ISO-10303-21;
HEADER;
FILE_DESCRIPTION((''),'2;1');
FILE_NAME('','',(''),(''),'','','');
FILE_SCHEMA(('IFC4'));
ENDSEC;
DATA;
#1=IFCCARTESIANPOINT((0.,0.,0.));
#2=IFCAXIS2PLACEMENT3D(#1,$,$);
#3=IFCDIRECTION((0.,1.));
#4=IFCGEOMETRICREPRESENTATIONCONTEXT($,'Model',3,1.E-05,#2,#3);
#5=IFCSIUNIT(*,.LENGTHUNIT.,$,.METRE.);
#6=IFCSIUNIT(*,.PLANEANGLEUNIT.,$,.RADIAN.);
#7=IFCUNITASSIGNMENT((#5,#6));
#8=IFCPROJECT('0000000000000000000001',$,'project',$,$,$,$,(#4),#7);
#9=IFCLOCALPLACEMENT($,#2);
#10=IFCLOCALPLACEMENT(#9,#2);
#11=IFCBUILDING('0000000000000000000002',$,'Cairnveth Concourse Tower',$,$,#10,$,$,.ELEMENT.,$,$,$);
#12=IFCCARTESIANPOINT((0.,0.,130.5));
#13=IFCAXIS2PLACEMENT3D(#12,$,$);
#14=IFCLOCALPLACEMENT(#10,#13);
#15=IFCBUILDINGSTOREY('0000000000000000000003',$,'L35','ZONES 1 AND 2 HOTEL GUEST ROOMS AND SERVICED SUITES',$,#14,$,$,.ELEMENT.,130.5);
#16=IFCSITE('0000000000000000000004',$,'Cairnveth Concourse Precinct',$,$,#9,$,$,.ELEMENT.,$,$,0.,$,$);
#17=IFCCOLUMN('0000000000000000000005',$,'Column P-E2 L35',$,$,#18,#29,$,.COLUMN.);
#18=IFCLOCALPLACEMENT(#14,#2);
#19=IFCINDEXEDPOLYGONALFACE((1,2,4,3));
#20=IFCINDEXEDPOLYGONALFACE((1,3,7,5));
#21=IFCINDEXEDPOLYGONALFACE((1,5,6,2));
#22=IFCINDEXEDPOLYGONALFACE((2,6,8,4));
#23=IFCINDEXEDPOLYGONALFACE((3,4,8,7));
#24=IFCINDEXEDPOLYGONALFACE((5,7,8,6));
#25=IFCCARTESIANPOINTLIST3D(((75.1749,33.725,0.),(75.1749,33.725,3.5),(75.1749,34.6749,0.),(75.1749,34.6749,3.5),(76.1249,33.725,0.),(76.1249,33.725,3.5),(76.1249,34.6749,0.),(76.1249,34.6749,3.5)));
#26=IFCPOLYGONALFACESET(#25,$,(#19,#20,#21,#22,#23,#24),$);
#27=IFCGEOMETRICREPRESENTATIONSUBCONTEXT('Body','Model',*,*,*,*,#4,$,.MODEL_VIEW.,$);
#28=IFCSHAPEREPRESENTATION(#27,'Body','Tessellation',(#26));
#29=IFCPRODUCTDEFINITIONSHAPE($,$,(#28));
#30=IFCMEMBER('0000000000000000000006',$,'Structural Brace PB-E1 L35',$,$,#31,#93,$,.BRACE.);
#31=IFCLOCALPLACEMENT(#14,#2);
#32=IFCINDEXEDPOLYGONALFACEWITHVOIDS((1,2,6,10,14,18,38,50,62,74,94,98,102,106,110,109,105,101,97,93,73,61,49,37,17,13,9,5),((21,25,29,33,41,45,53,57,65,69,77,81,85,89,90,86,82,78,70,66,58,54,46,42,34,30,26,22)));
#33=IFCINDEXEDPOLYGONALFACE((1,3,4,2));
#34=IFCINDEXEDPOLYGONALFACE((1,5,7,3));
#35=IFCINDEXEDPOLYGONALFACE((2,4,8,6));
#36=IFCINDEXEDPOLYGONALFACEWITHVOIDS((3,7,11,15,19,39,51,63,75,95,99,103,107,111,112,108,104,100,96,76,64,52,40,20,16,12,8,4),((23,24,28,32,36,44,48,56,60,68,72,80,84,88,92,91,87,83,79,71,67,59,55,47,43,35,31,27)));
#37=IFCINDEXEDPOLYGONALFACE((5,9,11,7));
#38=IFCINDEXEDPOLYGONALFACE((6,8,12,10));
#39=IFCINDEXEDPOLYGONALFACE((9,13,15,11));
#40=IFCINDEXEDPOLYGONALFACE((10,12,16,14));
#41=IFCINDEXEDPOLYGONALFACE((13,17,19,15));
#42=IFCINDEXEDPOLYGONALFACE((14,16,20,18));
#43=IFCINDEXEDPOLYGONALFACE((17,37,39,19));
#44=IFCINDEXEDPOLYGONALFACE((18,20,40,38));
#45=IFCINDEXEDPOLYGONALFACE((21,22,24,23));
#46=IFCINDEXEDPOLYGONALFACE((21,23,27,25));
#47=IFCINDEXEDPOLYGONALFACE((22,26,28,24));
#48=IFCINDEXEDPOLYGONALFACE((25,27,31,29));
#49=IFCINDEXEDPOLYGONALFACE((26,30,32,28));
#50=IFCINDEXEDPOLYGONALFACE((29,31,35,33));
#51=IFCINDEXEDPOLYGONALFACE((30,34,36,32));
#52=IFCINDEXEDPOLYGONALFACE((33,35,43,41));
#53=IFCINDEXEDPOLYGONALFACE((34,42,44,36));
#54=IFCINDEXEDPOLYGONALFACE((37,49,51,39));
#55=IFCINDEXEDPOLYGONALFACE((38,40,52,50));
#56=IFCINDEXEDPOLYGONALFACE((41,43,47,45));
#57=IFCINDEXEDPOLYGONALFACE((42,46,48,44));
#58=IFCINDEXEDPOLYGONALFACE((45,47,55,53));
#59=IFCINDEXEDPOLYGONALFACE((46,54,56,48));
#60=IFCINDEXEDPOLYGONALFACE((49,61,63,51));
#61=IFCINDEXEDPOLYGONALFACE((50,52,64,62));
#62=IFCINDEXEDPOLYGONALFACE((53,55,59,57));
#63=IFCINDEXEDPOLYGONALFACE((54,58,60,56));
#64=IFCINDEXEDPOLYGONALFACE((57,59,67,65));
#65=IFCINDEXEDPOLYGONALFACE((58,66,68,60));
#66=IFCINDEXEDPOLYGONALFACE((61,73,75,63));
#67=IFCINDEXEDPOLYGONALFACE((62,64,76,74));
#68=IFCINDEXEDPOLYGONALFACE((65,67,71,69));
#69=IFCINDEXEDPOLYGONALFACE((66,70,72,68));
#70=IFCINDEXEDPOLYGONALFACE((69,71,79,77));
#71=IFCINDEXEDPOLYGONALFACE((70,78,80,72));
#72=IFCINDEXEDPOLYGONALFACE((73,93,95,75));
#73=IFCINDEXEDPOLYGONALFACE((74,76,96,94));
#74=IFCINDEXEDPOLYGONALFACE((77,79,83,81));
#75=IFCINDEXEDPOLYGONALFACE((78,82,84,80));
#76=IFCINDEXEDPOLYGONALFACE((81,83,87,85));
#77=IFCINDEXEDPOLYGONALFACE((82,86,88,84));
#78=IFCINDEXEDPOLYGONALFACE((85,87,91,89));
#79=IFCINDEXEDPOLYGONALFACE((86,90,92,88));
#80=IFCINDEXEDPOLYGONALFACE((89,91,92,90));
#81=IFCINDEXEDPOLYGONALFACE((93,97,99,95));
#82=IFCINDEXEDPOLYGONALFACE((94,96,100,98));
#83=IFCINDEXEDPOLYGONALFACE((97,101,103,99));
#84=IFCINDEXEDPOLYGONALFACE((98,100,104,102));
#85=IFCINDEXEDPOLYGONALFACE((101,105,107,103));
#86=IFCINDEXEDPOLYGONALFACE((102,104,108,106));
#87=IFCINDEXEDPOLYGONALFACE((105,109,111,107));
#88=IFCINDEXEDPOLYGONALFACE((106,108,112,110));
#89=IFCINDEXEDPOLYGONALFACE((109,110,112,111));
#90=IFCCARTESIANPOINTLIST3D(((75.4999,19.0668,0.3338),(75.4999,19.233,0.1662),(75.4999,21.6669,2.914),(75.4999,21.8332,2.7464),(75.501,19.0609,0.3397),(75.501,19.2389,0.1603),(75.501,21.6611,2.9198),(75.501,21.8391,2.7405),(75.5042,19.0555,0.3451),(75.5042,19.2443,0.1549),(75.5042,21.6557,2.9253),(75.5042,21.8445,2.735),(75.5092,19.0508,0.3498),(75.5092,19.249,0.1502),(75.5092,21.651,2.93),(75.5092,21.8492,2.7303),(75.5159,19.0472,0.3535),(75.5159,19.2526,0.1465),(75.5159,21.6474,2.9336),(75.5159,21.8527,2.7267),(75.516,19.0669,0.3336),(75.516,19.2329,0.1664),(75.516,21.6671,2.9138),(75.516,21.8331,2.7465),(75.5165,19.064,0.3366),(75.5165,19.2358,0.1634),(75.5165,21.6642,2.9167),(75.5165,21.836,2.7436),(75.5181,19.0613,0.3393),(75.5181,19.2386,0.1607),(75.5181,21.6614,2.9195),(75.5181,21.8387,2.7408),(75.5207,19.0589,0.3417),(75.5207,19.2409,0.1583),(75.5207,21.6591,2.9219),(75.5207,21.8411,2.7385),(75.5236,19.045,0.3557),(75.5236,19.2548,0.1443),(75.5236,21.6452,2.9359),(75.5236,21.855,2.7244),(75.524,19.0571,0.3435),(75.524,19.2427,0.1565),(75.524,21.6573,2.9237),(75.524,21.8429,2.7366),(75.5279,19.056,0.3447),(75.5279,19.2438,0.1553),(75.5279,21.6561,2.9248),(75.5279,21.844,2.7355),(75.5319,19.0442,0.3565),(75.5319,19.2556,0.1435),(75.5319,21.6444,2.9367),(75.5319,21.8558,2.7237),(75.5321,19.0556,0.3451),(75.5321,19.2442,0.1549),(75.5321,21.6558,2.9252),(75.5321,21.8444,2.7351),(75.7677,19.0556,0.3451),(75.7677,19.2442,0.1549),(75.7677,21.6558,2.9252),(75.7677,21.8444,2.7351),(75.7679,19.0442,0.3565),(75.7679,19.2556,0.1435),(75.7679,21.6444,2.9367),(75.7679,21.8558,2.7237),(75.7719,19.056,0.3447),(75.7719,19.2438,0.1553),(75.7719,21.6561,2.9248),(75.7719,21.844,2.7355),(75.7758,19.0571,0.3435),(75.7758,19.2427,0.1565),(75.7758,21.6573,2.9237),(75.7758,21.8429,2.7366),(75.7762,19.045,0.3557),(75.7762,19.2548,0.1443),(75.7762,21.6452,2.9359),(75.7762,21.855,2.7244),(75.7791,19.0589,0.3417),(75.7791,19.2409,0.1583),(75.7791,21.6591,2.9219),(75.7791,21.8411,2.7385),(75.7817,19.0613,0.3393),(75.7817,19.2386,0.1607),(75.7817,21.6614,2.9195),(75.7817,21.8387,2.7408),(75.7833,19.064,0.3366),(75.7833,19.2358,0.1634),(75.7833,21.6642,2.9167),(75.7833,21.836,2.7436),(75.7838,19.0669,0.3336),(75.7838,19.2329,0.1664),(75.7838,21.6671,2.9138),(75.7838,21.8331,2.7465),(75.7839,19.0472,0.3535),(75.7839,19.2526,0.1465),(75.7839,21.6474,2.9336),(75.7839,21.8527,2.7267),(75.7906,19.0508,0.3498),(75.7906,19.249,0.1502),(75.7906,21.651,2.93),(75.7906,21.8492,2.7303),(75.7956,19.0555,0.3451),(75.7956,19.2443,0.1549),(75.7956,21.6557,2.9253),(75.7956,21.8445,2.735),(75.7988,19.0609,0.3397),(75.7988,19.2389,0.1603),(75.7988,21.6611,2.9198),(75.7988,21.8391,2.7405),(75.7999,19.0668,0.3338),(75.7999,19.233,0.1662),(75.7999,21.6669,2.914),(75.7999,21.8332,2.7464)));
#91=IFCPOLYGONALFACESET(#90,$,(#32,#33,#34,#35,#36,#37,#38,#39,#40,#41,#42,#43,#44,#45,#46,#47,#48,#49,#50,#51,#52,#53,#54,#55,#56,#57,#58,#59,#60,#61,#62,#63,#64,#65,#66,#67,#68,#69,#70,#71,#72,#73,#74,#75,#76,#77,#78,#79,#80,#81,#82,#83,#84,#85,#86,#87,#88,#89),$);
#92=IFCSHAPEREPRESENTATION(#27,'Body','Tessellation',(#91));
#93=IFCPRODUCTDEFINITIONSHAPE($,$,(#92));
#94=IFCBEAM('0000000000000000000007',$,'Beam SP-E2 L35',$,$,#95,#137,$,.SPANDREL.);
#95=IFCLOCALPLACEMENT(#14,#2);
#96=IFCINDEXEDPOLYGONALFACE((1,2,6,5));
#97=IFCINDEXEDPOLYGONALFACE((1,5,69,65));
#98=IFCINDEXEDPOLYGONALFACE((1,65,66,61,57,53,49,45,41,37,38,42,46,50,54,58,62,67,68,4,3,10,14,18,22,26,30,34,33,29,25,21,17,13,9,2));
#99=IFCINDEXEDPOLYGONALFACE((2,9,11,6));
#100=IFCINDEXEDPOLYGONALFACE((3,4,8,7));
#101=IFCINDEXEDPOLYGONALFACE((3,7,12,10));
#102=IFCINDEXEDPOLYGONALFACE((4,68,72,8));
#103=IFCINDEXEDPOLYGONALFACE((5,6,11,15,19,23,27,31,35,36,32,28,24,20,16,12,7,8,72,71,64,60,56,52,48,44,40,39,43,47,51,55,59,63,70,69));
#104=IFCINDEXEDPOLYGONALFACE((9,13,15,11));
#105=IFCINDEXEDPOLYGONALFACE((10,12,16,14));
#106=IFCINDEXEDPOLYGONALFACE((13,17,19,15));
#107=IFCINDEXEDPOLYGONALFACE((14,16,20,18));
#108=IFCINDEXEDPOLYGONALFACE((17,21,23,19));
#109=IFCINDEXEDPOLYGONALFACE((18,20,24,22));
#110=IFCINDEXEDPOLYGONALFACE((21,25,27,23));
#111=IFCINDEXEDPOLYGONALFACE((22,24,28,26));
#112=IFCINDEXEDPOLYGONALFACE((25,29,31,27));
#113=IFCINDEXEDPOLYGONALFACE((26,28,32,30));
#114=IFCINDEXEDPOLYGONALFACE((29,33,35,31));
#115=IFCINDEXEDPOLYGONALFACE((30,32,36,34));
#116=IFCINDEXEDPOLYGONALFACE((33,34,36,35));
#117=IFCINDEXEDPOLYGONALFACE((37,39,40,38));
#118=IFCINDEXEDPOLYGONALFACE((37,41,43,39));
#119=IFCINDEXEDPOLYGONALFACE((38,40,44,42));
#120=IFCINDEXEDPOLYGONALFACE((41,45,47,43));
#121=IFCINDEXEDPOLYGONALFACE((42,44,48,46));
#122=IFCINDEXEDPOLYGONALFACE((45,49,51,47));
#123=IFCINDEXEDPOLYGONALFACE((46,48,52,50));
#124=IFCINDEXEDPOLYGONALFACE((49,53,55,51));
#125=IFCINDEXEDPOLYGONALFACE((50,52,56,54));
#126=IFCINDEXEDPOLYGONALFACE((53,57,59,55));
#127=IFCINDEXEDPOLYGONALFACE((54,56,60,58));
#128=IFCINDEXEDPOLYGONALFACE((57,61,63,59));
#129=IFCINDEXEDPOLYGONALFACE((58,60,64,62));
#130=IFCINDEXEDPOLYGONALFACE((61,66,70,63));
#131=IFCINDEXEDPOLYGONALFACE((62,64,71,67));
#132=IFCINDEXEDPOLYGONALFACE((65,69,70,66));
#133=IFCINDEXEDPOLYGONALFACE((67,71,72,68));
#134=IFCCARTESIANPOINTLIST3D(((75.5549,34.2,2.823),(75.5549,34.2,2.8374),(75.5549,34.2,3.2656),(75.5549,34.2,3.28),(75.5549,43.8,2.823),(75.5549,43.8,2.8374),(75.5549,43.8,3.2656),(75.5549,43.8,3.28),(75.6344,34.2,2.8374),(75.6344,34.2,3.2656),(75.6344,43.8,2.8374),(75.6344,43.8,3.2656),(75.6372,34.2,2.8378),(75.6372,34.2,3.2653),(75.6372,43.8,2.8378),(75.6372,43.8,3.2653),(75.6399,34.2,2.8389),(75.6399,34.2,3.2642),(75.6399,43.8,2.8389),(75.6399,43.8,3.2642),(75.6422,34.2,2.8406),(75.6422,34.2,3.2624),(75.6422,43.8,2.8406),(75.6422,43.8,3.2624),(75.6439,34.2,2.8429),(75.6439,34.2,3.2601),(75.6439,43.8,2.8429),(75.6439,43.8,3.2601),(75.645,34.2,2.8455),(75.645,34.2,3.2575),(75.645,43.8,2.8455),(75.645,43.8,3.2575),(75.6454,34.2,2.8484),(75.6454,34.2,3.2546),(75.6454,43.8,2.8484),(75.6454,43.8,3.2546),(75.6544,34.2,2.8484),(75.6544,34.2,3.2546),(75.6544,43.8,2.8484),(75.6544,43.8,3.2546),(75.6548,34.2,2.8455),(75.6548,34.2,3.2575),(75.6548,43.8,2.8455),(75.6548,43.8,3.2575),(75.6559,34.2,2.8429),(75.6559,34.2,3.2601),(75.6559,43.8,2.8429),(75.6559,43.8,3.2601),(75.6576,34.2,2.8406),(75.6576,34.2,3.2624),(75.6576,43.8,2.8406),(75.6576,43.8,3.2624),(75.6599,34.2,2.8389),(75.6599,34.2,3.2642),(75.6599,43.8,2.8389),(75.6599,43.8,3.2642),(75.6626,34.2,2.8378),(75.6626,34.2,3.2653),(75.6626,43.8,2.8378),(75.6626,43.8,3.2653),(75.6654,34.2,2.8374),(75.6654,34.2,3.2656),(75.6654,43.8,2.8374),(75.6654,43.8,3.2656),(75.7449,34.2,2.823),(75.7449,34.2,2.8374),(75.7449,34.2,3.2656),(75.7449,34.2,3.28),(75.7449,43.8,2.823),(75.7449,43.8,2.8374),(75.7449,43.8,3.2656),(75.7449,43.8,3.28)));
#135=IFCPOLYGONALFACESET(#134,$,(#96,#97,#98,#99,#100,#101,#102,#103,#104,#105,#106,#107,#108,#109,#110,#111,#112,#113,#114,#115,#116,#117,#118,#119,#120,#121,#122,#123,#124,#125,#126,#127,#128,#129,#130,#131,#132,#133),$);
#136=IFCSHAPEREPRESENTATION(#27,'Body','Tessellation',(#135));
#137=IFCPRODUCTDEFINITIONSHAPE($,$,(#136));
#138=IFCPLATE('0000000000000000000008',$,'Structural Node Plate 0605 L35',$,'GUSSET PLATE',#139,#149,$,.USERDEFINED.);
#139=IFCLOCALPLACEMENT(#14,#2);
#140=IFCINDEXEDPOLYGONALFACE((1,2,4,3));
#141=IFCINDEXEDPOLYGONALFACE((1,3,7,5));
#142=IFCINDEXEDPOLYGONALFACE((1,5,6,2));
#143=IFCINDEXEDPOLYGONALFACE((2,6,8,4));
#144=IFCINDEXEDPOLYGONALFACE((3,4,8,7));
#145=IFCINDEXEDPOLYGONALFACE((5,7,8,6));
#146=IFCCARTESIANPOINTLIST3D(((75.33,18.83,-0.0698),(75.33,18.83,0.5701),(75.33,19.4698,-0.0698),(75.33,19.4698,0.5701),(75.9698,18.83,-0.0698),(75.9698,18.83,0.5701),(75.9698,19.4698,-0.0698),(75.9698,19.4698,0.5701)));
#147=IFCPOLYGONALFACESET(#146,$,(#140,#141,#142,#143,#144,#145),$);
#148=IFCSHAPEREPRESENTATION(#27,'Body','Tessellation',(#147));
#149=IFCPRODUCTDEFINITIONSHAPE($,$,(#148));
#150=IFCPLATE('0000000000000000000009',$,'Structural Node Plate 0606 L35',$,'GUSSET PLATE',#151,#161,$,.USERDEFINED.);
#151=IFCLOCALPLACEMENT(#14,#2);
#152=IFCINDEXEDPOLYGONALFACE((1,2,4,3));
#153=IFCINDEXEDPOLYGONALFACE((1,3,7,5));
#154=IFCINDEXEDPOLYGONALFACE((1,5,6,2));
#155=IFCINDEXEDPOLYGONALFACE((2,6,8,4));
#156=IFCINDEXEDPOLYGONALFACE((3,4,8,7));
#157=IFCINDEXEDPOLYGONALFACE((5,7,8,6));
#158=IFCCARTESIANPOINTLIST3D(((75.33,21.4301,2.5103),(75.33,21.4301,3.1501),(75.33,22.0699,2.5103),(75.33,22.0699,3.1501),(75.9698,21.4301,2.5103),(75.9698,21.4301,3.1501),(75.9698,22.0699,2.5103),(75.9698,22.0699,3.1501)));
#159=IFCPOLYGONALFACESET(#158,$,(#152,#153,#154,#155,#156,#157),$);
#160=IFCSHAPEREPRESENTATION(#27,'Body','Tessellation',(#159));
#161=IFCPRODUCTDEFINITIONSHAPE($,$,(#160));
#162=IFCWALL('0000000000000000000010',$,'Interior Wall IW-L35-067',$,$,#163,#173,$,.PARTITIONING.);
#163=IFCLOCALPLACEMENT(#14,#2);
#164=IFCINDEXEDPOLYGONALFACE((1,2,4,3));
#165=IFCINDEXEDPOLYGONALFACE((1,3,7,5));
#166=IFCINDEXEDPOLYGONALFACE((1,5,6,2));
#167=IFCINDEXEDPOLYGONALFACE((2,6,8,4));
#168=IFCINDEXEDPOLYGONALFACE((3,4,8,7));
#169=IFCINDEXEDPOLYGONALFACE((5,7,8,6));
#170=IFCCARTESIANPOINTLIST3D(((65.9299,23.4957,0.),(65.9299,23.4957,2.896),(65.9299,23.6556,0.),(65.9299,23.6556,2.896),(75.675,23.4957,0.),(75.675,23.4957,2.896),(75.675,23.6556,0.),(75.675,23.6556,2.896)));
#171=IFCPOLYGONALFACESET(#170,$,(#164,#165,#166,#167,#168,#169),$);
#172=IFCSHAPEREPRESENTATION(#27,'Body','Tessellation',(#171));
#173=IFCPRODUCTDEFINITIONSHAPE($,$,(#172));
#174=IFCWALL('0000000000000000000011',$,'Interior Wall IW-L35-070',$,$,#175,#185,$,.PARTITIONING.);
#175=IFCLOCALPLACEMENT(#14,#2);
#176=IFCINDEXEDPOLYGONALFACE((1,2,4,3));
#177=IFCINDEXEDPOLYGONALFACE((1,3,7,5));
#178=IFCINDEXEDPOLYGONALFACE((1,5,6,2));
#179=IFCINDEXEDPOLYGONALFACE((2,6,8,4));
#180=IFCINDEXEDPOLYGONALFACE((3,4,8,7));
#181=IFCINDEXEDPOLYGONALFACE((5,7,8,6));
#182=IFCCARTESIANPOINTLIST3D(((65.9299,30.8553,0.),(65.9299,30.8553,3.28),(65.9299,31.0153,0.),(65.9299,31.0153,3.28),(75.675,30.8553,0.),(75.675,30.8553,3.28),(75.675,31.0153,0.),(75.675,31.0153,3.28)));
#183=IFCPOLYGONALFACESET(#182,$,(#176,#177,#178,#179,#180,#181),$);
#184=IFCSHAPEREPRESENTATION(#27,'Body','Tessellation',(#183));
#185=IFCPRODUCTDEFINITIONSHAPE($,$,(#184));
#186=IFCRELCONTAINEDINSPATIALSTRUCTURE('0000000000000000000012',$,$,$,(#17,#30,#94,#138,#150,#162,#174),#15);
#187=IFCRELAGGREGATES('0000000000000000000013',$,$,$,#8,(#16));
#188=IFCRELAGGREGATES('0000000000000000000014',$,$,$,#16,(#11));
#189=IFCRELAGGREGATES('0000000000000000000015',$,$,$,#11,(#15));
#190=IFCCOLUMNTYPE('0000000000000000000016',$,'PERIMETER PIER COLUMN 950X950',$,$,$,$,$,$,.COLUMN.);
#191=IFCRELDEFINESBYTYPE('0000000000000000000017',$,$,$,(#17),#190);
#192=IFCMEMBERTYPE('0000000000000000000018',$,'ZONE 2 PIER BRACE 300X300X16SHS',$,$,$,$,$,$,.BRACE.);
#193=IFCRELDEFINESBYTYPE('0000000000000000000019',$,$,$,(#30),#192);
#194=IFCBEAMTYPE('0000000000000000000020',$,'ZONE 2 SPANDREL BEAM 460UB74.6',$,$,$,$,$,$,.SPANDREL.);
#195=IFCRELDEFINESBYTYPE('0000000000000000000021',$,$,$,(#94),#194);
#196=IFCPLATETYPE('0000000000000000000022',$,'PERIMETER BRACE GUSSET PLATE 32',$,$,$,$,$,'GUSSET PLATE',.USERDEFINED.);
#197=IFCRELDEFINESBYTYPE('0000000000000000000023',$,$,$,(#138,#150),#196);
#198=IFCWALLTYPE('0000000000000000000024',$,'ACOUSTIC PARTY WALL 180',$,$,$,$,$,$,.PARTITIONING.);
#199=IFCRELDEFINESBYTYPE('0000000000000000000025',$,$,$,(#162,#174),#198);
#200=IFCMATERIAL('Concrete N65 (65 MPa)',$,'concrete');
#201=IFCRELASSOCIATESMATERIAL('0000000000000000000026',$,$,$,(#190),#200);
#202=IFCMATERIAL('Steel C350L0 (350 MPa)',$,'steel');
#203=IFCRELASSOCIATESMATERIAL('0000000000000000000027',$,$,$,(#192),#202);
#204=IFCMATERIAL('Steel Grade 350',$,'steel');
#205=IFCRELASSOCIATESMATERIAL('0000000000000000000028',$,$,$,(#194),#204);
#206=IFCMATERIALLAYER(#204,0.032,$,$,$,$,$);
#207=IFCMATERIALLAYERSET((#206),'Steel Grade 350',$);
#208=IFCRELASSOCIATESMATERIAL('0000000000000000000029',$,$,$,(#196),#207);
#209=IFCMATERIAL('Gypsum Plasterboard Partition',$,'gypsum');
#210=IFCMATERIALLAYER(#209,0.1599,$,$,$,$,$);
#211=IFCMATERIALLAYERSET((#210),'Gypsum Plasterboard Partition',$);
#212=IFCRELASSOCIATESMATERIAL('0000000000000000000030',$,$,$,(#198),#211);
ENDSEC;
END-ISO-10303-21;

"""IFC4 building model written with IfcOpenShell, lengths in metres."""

from ifc_helpers import new_model, si_unit, direction, frame, frame_2d, origin, origin_2d, place, context, subcontext, project, spatial, rectangle, hollow_rectangle, i_section, extrude, material, layer, layer_set, material_profile, profile_set, type_object, element, save


model = new_model("IFC4")

# Units and contexts
model_context = context("Model", 3, precision=1e-05, world=origin(), true_north=direction((0.0, 1.0)))
body_context = subcontext(model_context, "Body", "Model", "MODEL_VIEW")
ifc_project = project(units=[si_unit("LENGTHUNIT", "METRE"), si_unit("PLANEANGLEUNIT", "RADIAN")], contexts=[model_context])

# Site, building, storey
site_placement = place(None, origin())
site = spatial("IfcSite", under=ifc_project, at=site_placement, Name="Cairnveth Concourse Precinct", CompositionType="ELEMENT", RefElevation=0.0)
building_placement = place(site_placement, origin())
building = spatial("IfcBuilding", under=site, at=building_placement, Name="Cairnveth Concourse Tower", CompositionType="ELEMENT")
storey_placement = place(building_placement, frame((0.0, 0.0, 130.5)))
storey = spatial("IfcBuildingStorey", under=building, at=storey_placement, Name="L35", Description="ZONES 1 AND 2 HOTEL GUEST ROOMS AND SERVICED SUITES", CompositionType="ELEMENT", Elevation=130.5)

# Column
ifc_material_1 = material(Name="Concrete N65 (65 MPa)", Category="concrete")
ifc_material_profile_1 = material_profile(ifc_material_1, rectangle(XDim=0.95, YDim=0.95, at=origin_2d()), Name="RC-COL-950x950")
ifc_profile_set_1 = profile_set([ifc_material_profile_1], Name="Concrete N65 (65 MPa)")
column_type = type_object("IfcColumnType", Name="PERIMETER PIER COLUMN 950X950", PredefinedType="COLUMN", material=ifc_profile_set_1)
column_placement = place(storey_placement, frame((75.6499, 34.2, 0.0), z_axis=(0.0, 0.0, 1.0), x_axis=(0.0, 1.0, 0.0)))
element("IfcColumn", 1, at=column_placement, inside=storey, type_object=column_type, Name="Column P-E2 L35", PredefinedType="COLUMN", context=body_context, shape_type="SweptSolid", body=[
    extrude(rectangle(XDim=0.95, YDim=0.95, at=origin_2d()), origin(), (0.0, 0.0, 1.0), 3.5),
])

# Member
ifc_material_2 = material(Name="Steel C350L0 (350 MPa)", Category="steel")
ifc_material_profile_2 = material_profile(ifc_material_2, hollow_rectangle(XDim=0.3, YDim=0.3, WallThickness=0.0161, InnerFilletRadius=0.0161, OuterFilletRadius=0.032, at=origin_2d()), Name="300x300x16.0SHS")
ifc_profile_set_2 = profile_set([ifc_material_profile_2], Name="Steel C350L0 (350 MPa)")
member_type = type_object("IfcMemberType", Name="ZONE 2 PIER BRACE 300X300X16SHS", PredefinedType="BRACE", material=ifc_profile_set_2)
member_placement = place(storey_placement, frame((75.6499, 19.1499, 0.25), z_axis=(0.0, 0.709834, 0.704369), x_axis=(-1.0, 0.0, 0.0)))
element("IfcMember", 2, at=member_placement, inside=storey, type_object=member_type, Name="Structural Brace PB-E1 L35", PredefinedType="BRACE", context=body_context, shape_type="SweptSolid", body=[
    extrude(hollow_rectangle(XDim=0.3, YDim=0.3, WallThickness=0.0161, InnerFilletRadius=0.0161, OuterFilletRadius=0.032, at=origin_2d()), origin(), (0.0, 0.0, 1.0), 3.6631),
])

# Beam
ifc_material_3 = material(Name="Steel Grade 350", Category="steel")
ifc_material_profile_3 = material_profile(ifc_material_3, i_section(OverallWidth=0.1899, OverallDepth=0.457, WebThickness=0.009, FlangeThickness=0.0144, FilletRadius=0.011, at=origin_2d()), Name="460UB74.6")
ifc_profile_set_3 = profile_set([ifc_material_profile_3], Name="Steel Grade 350")
beam_type = type_object("IfcBeamType", Name="ZONE 2 SPANDREL BEAM 460UB74.6", PredefinedType="SPANDREL", material=ifc_profile_set_3)
beam_placement = place(storey_placement, frame((75.6499, 34.2, 3.0515), z_axis=(0.0, 1.0, 0.0), x_axis=(-1.0, 0.0, 0.0)))
element("IfcBeam", 3, at=beam_placement, inside=storey, type_object=beam_type, Name="Beam SP-E2 L35", PredefinedType="SPANDREL", context=body_context, shape_type="SweptSolid", body=[
    extrude(i_section(OverallWidth=0.1899, OverallDepth=0.457, WebThickness=0.009, FlangeThickness=0.0144, FilletRadius=0.011, at=origin_2d()), origin(), (0.0, 0.0, 1.0), 9.6001),
])

# Plates
ifc_layer_1 = layer(ifc_material_3, 0.032)
ifc_layer_set_1 = layer_set([ifc_layer_1], Name="Steel Grade 350")
plate_type = type_object("IfcPlateType", Name="PERIMETER BRACE GUSSET PLATE 32", ElementType="GUSSET PLATE", PredefinedType="USERDEFINED", material=ifc_layer_set_1)
for number, where, z_axis, x_axis, name in (
    (4, (75.6499, 19.1499, -0.0698), (0.0, 0.0, 1.0), (1.0, 0.0, 0.0), "Structural Node Plate 0605 L35"),
    (5, (75.6499, 21.75, 2.5103), (0.0, 0.0, 1.0), (1.0, 0.0, 0.0), "Structural Node Plate 0606 L35"),
):
    element("IfcPlate", number, at=place(storey_placement, frame(where, z_axis=z_axis, x_axis=x_axis)), inside=storey, type_object=plate_type, Name=name, ObjectType="GUSSET PLATE", PredefinedType="USERDEFINED", context=body_context, shape_type="SweptSolid", body=[
        extrude(rectangle(XDim=0.6399, YDim=0.6399, at=origin_2d()), origin(), (0.0, 0.0, 1.0), 0.6399),
    ])

# Walls
ifc_material_4 = material(Name="Gypsum Plasterboard Partition", Category="gypsum")
ifc_layer_2 = layer(ifc_material_4, 0.1599)
ifc_layer_set_2 = layer_set([ifc_layer_2], Name="Gypsum Plasterboard Partition")
wall_type_1 = type_object("IfcWallType", Name="ACOUSTIC PARTY WALL 180", PredefinedType="PARTITIONING", material=ifc_layer_set_2)
wall_1_placement = place(storey_placement, frame((65.9299, 23.5757, 0.0), z_axis=(0.0, 0.0, 1.0), x_axis=(1.0, 0.0, 0.0)))
element("IfcWall", 6, at=wall_1_placement, inside=storey, type_object=wall_type_1, Name="Interior Wall IW-L35-067", PredefinedType="PARTITIONING", context=body_context, shape_type="SweptSolid", body=[
    extrude(rectangle(XDim=9.7451, YDim=0.1599, at=frame_2d((4.8726, 0.0))), origin(), (0.0, 0.0, 1.0), 2.896),
])
wall_2_placement = place(storey_placement, frame((65.9299, 30.9353, 0.0), z_axis=(0.0, 0.0, 1.0), x_axis=(1.0, 0.0, 0.0)))
element("IfcWall", 7, at=wall_2_placement, inside=storey, type_object=wall_type_1, Name="Interior Wall IW-L35-070", PredefinedType="PARTITIONING", context=body_context, shape_type="SweptSolid", body=[
    extrude(rectangle(XDim=9.7451, YDim=0.1599, at=frame_2d((4.8726, 0.0))), origin(), (0.0, 0.0, 1.0), 3.28),
])

save(model, "model.ifc")
